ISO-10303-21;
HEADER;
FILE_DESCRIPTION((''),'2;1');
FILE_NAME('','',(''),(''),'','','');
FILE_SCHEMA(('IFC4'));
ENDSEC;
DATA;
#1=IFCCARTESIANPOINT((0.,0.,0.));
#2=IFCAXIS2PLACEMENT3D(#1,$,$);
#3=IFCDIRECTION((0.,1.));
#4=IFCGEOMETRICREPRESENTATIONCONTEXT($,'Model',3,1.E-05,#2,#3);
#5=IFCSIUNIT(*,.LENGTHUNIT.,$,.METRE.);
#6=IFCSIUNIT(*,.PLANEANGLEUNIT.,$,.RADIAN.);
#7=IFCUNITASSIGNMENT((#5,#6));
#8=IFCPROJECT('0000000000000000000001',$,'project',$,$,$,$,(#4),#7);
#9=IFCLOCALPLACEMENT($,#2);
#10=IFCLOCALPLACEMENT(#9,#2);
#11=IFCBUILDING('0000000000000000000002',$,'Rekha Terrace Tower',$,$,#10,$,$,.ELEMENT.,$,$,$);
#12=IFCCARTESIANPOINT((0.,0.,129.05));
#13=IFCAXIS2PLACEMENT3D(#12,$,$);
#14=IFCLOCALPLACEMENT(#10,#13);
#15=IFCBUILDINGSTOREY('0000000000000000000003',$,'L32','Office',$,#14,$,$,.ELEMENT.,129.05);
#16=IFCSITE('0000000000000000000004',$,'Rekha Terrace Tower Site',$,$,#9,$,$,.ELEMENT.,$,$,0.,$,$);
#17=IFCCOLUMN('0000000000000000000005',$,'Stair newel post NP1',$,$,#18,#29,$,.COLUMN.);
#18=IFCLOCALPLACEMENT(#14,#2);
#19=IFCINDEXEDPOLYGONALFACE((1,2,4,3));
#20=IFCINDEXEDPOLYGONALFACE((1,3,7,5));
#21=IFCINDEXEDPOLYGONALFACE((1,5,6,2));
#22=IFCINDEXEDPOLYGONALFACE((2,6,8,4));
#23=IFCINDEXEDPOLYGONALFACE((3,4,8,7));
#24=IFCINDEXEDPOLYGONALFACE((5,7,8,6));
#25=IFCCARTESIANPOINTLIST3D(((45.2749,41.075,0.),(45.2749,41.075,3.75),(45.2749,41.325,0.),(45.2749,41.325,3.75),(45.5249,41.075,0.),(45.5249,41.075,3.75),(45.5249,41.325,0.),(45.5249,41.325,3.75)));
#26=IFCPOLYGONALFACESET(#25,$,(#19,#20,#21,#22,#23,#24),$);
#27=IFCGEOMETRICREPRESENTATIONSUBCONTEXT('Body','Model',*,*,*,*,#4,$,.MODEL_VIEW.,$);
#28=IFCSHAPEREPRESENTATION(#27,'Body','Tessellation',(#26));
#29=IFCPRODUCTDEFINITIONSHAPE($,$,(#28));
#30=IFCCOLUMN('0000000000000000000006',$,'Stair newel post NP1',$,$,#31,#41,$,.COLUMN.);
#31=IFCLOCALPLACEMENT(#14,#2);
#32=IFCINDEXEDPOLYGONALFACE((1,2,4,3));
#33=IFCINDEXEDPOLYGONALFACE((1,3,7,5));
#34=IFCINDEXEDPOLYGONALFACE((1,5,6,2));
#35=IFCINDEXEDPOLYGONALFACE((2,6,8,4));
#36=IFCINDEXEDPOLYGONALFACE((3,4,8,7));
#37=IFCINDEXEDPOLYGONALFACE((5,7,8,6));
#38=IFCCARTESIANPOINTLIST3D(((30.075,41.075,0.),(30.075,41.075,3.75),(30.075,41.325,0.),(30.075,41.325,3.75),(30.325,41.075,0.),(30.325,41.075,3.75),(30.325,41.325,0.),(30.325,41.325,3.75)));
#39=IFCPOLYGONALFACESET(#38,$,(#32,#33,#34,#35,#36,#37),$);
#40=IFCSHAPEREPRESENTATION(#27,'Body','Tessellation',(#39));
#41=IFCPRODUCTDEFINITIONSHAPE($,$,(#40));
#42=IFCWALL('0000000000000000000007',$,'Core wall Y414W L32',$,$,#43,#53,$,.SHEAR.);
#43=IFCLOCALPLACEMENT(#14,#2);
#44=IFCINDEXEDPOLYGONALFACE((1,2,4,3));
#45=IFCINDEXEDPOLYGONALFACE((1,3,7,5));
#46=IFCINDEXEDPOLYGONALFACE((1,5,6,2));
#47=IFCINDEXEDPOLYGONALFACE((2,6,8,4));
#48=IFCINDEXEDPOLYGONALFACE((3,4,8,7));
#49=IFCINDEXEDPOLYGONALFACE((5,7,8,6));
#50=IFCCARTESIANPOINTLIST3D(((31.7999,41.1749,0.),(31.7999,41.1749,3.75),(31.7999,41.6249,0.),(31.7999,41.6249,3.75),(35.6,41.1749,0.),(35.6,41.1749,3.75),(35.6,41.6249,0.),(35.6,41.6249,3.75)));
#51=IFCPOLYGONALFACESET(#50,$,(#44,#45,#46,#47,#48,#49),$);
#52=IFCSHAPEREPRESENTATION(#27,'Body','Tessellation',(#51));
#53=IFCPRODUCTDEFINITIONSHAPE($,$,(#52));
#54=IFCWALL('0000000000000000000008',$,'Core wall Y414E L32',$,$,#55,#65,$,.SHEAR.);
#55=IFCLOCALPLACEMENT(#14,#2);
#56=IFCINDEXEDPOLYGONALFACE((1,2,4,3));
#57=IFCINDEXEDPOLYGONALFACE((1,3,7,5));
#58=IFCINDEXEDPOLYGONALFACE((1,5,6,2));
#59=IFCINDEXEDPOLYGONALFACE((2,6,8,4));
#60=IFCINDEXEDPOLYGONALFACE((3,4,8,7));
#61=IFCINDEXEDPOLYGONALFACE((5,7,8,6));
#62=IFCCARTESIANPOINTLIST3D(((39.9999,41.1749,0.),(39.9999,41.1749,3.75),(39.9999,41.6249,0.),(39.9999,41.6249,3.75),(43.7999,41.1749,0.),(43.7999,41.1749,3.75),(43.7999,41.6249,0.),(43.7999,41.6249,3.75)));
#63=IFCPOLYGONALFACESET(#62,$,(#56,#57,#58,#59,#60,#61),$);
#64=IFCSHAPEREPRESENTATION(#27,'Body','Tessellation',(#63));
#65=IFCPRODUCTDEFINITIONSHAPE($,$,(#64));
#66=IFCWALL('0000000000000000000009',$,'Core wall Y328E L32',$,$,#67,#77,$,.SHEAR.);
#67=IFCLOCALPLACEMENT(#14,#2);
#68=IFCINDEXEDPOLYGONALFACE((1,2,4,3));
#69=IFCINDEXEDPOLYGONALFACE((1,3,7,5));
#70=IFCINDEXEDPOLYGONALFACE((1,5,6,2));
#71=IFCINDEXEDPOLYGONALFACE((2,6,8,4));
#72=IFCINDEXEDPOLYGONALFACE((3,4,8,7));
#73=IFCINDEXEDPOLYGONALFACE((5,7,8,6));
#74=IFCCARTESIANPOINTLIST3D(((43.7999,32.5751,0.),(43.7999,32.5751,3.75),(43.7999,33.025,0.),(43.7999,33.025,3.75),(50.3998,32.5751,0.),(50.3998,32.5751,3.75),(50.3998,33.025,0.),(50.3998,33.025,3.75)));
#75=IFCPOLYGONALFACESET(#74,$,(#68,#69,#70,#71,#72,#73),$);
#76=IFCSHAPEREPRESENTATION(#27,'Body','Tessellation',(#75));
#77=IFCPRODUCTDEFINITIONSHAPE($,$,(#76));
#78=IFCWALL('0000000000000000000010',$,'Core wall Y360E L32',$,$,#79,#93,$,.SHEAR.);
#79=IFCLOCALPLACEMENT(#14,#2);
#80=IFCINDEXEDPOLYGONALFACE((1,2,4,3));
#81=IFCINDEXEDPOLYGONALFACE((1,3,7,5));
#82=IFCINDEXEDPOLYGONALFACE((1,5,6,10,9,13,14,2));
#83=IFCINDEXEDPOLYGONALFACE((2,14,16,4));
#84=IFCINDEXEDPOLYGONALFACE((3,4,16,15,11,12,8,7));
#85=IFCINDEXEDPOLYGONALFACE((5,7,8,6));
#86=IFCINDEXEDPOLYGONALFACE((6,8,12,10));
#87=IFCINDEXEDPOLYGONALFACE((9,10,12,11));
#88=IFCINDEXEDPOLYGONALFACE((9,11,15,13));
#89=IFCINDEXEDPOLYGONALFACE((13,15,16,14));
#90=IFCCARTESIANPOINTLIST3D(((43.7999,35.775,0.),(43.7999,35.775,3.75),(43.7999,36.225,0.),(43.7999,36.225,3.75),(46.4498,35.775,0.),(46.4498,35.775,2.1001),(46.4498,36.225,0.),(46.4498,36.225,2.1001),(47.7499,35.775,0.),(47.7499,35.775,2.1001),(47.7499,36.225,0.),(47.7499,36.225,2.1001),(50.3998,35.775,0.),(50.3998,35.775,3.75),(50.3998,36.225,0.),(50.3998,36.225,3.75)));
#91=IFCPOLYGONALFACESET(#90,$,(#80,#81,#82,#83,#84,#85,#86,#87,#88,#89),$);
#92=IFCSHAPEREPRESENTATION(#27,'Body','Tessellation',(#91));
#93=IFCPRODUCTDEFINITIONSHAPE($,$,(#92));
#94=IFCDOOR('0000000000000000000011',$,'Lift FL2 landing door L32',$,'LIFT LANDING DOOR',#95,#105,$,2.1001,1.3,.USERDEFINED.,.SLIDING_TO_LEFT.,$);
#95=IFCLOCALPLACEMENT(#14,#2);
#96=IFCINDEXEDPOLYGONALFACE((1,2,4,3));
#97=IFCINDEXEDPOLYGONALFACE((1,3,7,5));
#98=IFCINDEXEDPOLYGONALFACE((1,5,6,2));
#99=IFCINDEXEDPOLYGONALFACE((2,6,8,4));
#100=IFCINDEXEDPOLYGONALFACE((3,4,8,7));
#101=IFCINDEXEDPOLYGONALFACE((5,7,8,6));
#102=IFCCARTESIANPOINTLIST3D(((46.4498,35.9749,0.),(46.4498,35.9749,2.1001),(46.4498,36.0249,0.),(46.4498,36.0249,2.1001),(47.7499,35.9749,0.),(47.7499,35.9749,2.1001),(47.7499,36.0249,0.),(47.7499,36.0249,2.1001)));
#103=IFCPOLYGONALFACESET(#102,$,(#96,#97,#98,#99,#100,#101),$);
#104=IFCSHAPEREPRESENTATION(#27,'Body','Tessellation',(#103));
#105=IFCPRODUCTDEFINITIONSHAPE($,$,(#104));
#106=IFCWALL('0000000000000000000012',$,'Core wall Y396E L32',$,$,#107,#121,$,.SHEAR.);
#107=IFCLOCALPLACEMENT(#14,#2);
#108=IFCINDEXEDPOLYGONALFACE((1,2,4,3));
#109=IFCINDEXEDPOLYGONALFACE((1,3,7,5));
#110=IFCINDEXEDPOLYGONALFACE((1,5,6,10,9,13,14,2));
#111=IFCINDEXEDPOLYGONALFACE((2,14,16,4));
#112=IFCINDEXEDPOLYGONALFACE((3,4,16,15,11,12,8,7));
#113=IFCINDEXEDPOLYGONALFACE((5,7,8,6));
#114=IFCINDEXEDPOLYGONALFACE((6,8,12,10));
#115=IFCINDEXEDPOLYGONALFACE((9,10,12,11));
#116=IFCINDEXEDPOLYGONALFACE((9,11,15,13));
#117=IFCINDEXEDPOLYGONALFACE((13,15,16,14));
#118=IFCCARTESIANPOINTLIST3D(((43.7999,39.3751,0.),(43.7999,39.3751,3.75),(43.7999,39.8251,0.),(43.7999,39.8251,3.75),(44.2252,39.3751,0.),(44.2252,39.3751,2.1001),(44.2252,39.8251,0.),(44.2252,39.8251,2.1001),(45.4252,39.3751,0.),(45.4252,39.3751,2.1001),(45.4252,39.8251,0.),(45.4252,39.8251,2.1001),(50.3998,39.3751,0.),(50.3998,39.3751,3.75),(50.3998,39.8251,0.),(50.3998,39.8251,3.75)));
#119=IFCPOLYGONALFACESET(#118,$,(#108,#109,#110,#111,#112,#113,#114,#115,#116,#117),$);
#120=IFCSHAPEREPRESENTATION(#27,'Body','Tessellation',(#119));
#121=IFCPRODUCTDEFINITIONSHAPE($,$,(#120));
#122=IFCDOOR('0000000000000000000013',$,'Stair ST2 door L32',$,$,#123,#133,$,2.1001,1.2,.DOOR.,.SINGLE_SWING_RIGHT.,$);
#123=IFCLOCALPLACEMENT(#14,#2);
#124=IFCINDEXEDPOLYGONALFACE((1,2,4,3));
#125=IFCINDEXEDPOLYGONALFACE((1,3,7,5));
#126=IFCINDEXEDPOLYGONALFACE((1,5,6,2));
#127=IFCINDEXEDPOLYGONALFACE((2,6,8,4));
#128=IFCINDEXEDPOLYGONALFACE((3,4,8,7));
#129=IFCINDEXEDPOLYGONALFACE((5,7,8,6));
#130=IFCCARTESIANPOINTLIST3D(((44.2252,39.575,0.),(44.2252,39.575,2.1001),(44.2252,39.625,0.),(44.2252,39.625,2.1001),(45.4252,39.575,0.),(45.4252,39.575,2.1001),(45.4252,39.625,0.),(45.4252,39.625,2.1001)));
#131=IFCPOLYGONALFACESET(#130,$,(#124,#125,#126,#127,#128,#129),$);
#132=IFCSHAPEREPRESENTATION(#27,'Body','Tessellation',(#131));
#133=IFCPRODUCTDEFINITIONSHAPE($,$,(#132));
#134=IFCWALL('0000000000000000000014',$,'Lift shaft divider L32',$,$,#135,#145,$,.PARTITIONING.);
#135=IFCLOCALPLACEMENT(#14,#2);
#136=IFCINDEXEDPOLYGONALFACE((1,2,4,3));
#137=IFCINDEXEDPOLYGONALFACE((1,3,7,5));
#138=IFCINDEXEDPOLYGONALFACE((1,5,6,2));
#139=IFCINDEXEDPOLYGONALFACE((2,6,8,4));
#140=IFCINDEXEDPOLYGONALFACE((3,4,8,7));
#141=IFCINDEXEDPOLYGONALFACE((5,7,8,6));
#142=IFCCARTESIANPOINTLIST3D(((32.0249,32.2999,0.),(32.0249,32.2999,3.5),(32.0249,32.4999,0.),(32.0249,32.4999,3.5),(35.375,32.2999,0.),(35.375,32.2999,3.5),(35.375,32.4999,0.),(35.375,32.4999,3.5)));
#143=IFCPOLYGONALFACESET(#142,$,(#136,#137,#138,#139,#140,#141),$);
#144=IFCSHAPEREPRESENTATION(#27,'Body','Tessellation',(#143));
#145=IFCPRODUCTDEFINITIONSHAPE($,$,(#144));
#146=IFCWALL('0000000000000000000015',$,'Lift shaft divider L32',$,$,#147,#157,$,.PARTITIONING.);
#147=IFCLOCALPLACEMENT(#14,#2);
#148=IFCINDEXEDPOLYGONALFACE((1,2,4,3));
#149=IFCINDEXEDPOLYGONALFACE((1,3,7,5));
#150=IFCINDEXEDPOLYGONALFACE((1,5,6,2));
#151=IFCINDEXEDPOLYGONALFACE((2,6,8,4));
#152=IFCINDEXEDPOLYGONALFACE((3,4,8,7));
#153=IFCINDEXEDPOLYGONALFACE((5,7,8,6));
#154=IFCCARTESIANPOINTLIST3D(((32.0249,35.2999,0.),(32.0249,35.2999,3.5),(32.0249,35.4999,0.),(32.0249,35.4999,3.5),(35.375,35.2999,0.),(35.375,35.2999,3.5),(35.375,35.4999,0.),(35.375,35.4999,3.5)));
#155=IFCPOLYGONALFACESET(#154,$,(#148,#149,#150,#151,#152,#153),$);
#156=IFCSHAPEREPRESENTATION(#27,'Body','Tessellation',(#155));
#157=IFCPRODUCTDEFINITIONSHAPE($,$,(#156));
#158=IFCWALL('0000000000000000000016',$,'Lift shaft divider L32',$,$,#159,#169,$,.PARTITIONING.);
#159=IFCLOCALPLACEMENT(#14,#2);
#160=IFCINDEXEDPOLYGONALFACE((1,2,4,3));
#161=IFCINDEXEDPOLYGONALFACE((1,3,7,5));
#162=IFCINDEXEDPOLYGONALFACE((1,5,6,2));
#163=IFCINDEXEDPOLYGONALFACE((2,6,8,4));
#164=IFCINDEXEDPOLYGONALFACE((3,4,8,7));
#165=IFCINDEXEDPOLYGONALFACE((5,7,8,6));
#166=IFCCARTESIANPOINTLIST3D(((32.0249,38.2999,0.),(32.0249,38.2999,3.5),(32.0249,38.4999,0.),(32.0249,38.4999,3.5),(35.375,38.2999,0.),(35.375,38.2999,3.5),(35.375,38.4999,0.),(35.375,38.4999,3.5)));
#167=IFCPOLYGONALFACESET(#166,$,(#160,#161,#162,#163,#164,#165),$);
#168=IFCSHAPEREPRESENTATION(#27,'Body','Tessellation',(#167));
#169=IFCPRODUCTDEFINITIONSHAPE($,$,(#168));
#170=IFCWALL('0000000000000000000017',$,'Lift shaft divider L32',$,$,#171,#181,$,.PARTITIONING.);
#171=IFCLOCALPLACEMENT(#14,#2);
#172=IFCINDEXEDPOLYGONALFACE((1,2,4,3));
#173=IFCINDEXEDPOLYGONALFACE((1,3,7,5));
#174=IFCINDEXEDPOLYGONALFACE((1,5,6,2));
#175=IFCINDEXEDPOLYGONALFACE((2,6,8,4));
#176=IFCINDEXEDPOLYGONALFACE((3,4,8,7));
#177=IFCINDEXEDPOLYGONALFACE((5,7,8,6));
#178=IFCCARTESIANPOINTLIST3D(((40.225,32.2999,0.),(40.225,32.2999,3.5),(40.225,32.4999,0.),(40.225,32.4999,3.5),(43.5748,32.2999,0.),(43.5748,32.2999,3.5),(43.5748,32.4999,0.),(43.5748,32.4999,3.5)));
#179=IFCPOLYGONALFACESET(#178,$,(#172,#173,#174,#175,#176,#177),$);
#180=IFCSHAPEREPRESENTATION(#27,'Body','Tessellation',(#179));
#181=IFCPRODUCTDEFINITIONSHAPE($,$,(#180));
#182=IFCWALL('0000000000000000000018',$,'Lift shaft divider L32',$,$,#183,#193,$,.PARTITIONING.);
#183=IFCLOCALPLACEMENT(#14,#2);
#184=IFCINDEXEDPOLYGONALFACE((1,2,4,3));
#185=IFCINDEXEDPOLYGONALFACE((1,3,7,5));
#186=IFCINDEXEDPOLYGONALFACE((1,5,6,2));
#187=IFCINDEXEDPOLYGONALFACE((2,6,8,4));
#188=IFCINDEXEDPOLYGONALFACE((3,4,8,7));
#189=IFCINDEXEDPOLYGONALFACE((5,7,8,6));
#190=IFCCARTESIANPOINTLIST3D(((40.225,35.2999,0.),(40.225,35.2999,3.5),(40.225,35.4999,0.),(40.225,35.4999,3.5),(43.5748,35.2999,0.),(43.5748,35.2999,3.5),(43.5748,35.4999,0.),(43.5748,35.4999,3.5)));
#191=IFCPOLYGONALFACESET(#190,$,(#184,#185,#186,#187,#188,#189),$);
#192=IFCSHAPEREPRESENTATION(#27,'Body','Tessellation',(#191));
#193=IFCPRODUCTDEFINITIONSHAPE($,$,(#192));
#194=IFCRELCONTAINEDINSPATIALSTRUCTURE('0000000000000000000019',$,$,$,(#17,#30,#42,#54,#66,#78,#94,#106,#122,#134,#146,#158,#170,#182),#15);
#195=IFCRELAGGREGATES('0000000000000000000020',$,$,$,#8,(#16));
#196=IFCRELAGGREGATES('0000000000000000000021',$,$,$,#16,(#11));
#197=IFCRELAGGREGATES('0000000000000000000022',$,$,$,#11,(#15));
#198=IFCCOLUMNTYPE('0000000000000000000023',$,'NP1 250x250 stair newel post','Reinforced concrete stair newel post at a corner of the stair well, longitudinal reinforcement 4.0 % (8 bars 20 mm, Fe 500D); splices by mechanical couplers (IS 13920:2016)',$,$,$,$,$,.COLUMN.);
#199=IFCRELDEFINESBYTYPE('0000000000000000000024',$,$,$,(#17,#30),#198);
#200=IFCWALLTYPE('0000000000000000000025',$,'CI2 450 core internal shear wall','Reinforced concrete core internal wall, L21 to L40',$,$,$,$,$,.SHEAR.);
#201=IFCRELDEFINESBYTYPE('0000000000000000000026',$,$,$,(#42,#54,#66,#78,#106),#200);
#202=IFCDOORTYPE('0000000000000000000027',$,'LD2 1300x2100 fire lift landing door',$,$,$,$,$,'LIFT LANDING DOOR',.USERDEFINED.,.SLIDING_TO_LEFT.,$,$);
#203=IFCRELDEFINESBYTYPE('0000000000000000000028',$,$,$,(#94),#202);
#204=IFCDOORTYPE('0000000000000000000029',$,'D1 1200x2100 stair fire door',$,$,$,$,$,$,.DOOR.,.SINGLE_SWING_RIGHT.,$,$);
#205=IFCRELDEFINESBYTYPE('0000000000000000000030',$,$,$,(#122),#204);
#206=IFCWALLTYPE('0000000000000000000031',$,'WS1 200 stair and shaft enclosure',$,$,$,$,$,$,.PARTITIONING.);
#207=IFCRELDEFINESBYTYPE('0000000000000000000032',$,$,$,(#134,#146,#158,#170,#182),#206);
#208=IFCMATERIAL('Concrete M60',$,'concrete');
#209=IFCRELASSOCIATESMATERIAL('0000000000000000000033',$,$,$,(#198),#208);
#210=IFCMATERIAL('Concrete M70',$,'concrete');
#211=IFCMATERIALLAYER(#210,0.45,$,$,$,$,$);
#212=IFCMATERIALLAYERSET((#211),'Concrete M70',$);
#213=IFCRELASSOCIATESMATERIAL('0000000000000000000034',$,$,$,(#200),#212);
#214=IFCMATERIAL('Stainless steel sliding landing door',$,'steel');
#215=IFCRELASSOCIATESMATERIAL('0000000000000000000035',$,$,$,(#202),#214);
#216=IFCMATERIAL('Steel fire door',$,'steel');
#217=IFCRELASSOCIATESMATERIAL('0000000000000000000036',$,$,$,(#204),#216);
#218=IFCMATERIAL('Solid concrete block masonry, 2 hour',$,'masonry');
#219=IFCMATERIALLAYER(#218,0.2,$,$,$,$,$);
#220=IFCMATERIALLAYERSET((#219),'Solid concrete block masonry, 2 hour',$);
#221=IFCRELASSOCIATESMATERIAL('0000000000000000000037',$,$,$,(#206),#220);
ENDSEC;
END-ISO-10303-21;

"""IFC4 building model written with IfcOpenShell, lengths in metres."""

from ifc_helpers import new_model, si_unit, direction, frame, frame_2d, origin, origin_2d, place, context, subcontext, project, spatial, rectangle, extrude, material, layer, layer_set, material_profile, profile_set, type_object, element, fill, save


model = new_model("IFC4")

# Units and contexts
model_context = context("Model", 3, precision=1e-05, world=origin(), true_north=direction((0.0, 1.0)))
body_context = subcontext(model_context, "Body", "Model", "MODEL_VIEW")
ifc_project = project(units=[si_unit("LENGTHUNIT", "METRE"), si_unit("PLANEANGLEUNIT", "RADIAN")], contexts=[model_context])

# Site, building, storey
site_placement = place(None, origin())
site = spatial("IfcSite", under=ifc_project, at=site_placement, Name="Rekha Terrace Tower Site", CompositionType="ELEMENT", RefElevation=0.0)
building_placement = place(site_placement, origin())
building = spatial("IfcBuilding", under=site, at=building_placement, Name="Rekha Terrace Tower", CompositionType="ELEMENT")
storey_placement = place(building_placement, frame((0.0, 0.0, 129.05)))
storey = spatial("IfcBuildingStorey", under=building, at=storey_placement, Name="L32", Description="Office", CompositionType="ELEMENT", Elevation=129.05)

# Columns
ifc_material_1 = material(Name="Concrete M60", Category="concrete")
ifc_material_profile = material_profile(ifc_material_1, rectangle(XDim=0.25, YDim=0.25, at=origin_2d()), Name="RC 250x250")
ifc_profile_set = profile_set([ifc_material_profile], Name="Concrete M60")
column_type = type_object("IfcColumnType", Name="NP1 250x250 stair newel post", Description="Reinforced concrete stair newel post at a corner of the stair well, longitudinal reinforcement 4.0 % (8 bars 20 mm, Fe 500D); splices by mechanical couplers (IS 13920:2016)", PredefinedType="COLUMN", material=ifc_profile_set)
for number, where, z_axis, x_axis, name in (
    (1, (45.3999, 41.2, 0.0), (0.0, 0.0, 1.0), (1.0, 0.0, 0.0), "Stair newel post NP1"),
    (2, (30.2, 41.2, 0.0), (0.0, 0.0, 1.0), (1.0, 0.0, 0.0), "Stair newel post NP1"),
):
    element("IfcColumn", number, at=place(storey_placement, frame(where, z_axis=z_axis, x_axis=x_axis)), inside=storey, type_object=column_type, Name=name, PredefinedType="COLUMN", context=body_context, shape_type="SweptSolid", body=[
        extrude(rectangle(XDim=0.25, YDim=0.25, at=origin_2d()), origin(), (0.0, 0.0, 1.0), 3.75),
    ])

# Walls
ifc_material_2 = material(Name="Concrete M70", Category="concrete")
ifc_layer_1 = layer(ifc_material_2, 0.45)
ifc_layer_set_1 = layer_set([ifc_layer_1], Name="Concrete M70")
wall_type_1 = type_object("IfcWallType", Name="CI2 450 core internal shear wall", Description="Reinforced concrete core internal wall, L21 to L40", PredefinedType="SHEAR", material=ifc_layer_set_1)
for number, where, z_axis, x_axis, name in (
    (3, (31.8, 41.3999, 0.0), (0.0, 0.0, 1.0), (1.0, 0.0, 0.0), "Core wall Y414W L32"),
    (4, (40.0, 41.3999, 0.0), (0.0, 0.0, 1.0), (1.0, 0.0, 0.0), "Core wall Y414E L32"),
):
    element("IfcWall", number, at=place(storey_placement, frame(where, z_axis=z_axis, x_axis=x_axis)), inside=storey, type_object=wall_type_1, Name=name, PredefinedType="SHEAR", context=body_context, shape_type="SweptSolid", body=[
        extrude(rectangle(XDim=3.8, YDim=0.45, at=frame_2d((1.8999, 0.0))), origin(), (0.0, 0.0, 1.0), 3.75),
    ])
wall_1_placement = place(storey_placement, frame((43.8, 32.8, 0.0), z_axis=(0.0, 0.0, 1.0), x_axis=(1.0, 0.0, 0.0)))
element("IfcWall", 5, at=wall_1_placement, inside=storey, type_object=wall_type_1, Name="Core wall Y328E L32", PredefinedType="SHEAR", context=body_context, shape_type="SweptSolid", body=[
    extrude(rectangle(XDim=6.5999, YDim=0.45, at=frame_2d((3.2998, 0.0))), origin(), (0.0, 0.0, 1.0), 3.75),
])

# Walls, openings, doors
wall_2_placement = place(storey_placement, frame((43.8, 36.0, 0.0), z_axis=(0.0, 0.0, 1.0), x_axis=(1.0, 0.0, 0.0)))
wall_2 = element("IfcWall", 6, at=wall_2_placement, inside=storey, type_object=wall_type_1, Name="Core wall Y360E L32", PredefinedType="SHEAR", context=body_context, shape_type="SweptSolid", body=[
    extrude(rectangle(XDim=6.5999, YDim=0.45, at=frame_2d((3.2998, 0.0))), origin(), (0.0, 0.0, 1.0), 3.75),
])
opening_1_placement = place(wall_2_placement, frame((2.6499, 0.0, 0.0)))
opening_1 = element("IfcOpeningElement", 7, at=opening_1_placement, cuts=wall_2, PredefinedType="OPENING", context=body_context, shape_type="SweptSolid", body=[
    extrude(rectangle(XDim=1.3, YDim=2.1001, at=frame_2d((0.6499, 1.05))), frame((0.0, 0.2349, 0.0), z_axis=(0.0, -1.0, 0.0), x_axis=(1.0, 0.0, 0.0)), (0.0, 0.0, 1.0), 0.47),
])
ifc_material_3 = material(Name="Stainless steel sliding landing door", Category="steel")
door_type_1 = type_object("IfcDoorType", Name="LD2 1300x2100 fire lift landing door", ElementType="LIFT LANDING DOOR", OperationType="SLIDING_TO_LEFT", PredefinedType="USERDEFINED", material=ifc_material_3)
door_1_placement = place(opening_1_placement, origin())
door_1 = element("IfcDoor", 8, at=door_1_placement, inside=storey, type_object=door_type_1, Name="Lift FL2 landing door L32", ObjectType="LIFT LANDING DOOR", OperationType="SLIDING_TO_LEFT", OverallHeight=2.1001, OverallWidth=1.3, PredefinedType="USERDEFINED", context=body_context, shape_type="SweptSolid", body=[
    extrude(rectangle(XDim=1.3, YDim=2.1001, at=frame_2d((0.6499, 1.05))), frame((0.0, 0.0249, 0.0), z_axis=(0.0, -1.0, 0.0), x_axis=(1.0, 0.0, 0.0)), (0.0, 0.0, 1.0), 0.05),
])
fill(opening_1, door_1)
wall_3_placement = place(storey_placement, frame((43.8, 39.6001, 0.0), z_axis=(0.0, 0.0, 1.0), x_axis=(1.0, 0.0, 0.0)))
wall_3 = element("IfcWall", 9, at=wall_3_placement, inside=storey, type_object=wall_type_1, Name="Core wall Y396E L32", PredefinedType="SHEAR", context=body_context, shape_type="SweptSolid", body=[
    extrude(rectangle(XDim=6.5999, YDim=0.45, at=frame_2d((3.2998, 0.0))), origin(), (0.0, 0.0, 1.0), 3.75),
])
opening_2_placement = place(wall_3_placement, frame((0.425, 0.0, 0.0)))
opening_2 = element("IfcOpeningElement", 10, at=opening_2_placement, cuts=wall_3, PredefinedType="OPENING", context=body_context, shape_type="SweptSolid", body=[
    extrude(rectangle(XDim=1.2, YDim=2.1001, at=frame_2d((0.6001, 1.05))), frame((0.0, 0.2349, 0.0), z_axis=(0.0, -1.0, 0.0), x_axis=(1.0, 0.0, 0.0)), (0.0, 0.0, 1.0), 0.47),
])
ifc_material_4 = material(Name="Steel fire door", Category="steel")
door_type_2 = type_object("IfcDoorType", Name="D1 1200x2100 stair fire door", OperationType="SINGLE_SWING_RIGHT", PredefinedType="DOOR", material=ifc_material_4)
door_2_placement = place(opening_2_placement, origin())
door_2 = element("IfcDoor", 11, at=door_2_placement, inside=storey, type_object=door_type_2, Name="Stair ST2 door L32", OperationType="SINGLE_SWING_RIGHT", OverallHeight=2.1001, OverallWidth=1.2, PredefinedType="DOOR", context=body_context, shape_type="SweptSolid", body=[
    extrude(rectangle(XDim=1.2, YDim=2.1001, at=frame_2d((0.6001, 1.05))), frame((0.0, 0.0249, 0.0), z_axis=(0.0, -1.0, 0.0), x_axis=(1.0, 0.0, 0.0)), (0.0, 0.0, 1.0), 0.05),
])
fill(opening_2, door_2)

# Walls
ifc_material_5 = material(Name="Solid concrete block masonry, 2 hour", Category="masonry")
ifc_layer_2 = layer(ifc_material_5, 0.2)
ifc_layer_set_2 = layer_set([ifc_layer_2], Name="Solid concrete block masonry, 2 hour")
wall_type_2 = type_object("IfcWallType", Name="WS1 200 stair and shaft enclosure", PredefinedType="PARTITIONING", material=ifc_layer_set_2)
for number, where, z_axis, x_axis, name in (
    (12, (32.0249, 32.3999, 0.0), (0.0, 0.0, 1.0), (1.0, 0.0, 0.0), "Lift shaft divider L32"),
    (13, (32.0249, 35.3999, 0.0), (0.0, 0.0, 1.0), (1.0, 0.0, 0.0), "Lift shaft divider L32"),
    (14, (32.0249, 38.3999, 0.0), (0.0, 0.0, 1.0), (1.0, 0.0, 0.0), "Lift shaft divider L32"),
):
    element("IfcWall", number, at=place(storey_placement, frame(where, z_axis=z_axis, x_axis=x_axis)), inside=storey, type_object=wall_type_2, Name=name, PredefinedType="PARTITIONING", context=body_context, shape_type="SweptSolid", body=[
        extrude(rectangle(XDim=3.3501, YDim=0.2, at=frame_2d((1.675, 0.0))), origin(), (0.0, 0.0, 1.0), 3.5),
    ])
for number, where, z_axis, x_axis, name in (
    (15, (40.2251, 32.3999, 0.0), (0.0, 0.0, 1.0), (1.0, 0.0, 0.0), "Lift shaft divider L32"),
    (16, (40.2251, 35.3999, 0.0), (0.0, 0.0, 1.0), (1.0, 0.0, 0.0), "Lift shaft divider L32"),
):
    element("IfcWall", number, at=place(storey_placement, frame(where, z_axis=z_axis, x_axis=x_axis)), inside=storey, type_object=wall_type_2, Name=name, PredefinedType="PARTITIONING", context=body_context, shape_type="SweptSolid", body=[
        extrude(rectangle(XDim=3.3499, YDim=0.2, at=frame_2d((1.6748, 0.0))), origin(), (0.0, 0.0, 1.0), 3.5),
    ])

save(model, "model.ifc")
